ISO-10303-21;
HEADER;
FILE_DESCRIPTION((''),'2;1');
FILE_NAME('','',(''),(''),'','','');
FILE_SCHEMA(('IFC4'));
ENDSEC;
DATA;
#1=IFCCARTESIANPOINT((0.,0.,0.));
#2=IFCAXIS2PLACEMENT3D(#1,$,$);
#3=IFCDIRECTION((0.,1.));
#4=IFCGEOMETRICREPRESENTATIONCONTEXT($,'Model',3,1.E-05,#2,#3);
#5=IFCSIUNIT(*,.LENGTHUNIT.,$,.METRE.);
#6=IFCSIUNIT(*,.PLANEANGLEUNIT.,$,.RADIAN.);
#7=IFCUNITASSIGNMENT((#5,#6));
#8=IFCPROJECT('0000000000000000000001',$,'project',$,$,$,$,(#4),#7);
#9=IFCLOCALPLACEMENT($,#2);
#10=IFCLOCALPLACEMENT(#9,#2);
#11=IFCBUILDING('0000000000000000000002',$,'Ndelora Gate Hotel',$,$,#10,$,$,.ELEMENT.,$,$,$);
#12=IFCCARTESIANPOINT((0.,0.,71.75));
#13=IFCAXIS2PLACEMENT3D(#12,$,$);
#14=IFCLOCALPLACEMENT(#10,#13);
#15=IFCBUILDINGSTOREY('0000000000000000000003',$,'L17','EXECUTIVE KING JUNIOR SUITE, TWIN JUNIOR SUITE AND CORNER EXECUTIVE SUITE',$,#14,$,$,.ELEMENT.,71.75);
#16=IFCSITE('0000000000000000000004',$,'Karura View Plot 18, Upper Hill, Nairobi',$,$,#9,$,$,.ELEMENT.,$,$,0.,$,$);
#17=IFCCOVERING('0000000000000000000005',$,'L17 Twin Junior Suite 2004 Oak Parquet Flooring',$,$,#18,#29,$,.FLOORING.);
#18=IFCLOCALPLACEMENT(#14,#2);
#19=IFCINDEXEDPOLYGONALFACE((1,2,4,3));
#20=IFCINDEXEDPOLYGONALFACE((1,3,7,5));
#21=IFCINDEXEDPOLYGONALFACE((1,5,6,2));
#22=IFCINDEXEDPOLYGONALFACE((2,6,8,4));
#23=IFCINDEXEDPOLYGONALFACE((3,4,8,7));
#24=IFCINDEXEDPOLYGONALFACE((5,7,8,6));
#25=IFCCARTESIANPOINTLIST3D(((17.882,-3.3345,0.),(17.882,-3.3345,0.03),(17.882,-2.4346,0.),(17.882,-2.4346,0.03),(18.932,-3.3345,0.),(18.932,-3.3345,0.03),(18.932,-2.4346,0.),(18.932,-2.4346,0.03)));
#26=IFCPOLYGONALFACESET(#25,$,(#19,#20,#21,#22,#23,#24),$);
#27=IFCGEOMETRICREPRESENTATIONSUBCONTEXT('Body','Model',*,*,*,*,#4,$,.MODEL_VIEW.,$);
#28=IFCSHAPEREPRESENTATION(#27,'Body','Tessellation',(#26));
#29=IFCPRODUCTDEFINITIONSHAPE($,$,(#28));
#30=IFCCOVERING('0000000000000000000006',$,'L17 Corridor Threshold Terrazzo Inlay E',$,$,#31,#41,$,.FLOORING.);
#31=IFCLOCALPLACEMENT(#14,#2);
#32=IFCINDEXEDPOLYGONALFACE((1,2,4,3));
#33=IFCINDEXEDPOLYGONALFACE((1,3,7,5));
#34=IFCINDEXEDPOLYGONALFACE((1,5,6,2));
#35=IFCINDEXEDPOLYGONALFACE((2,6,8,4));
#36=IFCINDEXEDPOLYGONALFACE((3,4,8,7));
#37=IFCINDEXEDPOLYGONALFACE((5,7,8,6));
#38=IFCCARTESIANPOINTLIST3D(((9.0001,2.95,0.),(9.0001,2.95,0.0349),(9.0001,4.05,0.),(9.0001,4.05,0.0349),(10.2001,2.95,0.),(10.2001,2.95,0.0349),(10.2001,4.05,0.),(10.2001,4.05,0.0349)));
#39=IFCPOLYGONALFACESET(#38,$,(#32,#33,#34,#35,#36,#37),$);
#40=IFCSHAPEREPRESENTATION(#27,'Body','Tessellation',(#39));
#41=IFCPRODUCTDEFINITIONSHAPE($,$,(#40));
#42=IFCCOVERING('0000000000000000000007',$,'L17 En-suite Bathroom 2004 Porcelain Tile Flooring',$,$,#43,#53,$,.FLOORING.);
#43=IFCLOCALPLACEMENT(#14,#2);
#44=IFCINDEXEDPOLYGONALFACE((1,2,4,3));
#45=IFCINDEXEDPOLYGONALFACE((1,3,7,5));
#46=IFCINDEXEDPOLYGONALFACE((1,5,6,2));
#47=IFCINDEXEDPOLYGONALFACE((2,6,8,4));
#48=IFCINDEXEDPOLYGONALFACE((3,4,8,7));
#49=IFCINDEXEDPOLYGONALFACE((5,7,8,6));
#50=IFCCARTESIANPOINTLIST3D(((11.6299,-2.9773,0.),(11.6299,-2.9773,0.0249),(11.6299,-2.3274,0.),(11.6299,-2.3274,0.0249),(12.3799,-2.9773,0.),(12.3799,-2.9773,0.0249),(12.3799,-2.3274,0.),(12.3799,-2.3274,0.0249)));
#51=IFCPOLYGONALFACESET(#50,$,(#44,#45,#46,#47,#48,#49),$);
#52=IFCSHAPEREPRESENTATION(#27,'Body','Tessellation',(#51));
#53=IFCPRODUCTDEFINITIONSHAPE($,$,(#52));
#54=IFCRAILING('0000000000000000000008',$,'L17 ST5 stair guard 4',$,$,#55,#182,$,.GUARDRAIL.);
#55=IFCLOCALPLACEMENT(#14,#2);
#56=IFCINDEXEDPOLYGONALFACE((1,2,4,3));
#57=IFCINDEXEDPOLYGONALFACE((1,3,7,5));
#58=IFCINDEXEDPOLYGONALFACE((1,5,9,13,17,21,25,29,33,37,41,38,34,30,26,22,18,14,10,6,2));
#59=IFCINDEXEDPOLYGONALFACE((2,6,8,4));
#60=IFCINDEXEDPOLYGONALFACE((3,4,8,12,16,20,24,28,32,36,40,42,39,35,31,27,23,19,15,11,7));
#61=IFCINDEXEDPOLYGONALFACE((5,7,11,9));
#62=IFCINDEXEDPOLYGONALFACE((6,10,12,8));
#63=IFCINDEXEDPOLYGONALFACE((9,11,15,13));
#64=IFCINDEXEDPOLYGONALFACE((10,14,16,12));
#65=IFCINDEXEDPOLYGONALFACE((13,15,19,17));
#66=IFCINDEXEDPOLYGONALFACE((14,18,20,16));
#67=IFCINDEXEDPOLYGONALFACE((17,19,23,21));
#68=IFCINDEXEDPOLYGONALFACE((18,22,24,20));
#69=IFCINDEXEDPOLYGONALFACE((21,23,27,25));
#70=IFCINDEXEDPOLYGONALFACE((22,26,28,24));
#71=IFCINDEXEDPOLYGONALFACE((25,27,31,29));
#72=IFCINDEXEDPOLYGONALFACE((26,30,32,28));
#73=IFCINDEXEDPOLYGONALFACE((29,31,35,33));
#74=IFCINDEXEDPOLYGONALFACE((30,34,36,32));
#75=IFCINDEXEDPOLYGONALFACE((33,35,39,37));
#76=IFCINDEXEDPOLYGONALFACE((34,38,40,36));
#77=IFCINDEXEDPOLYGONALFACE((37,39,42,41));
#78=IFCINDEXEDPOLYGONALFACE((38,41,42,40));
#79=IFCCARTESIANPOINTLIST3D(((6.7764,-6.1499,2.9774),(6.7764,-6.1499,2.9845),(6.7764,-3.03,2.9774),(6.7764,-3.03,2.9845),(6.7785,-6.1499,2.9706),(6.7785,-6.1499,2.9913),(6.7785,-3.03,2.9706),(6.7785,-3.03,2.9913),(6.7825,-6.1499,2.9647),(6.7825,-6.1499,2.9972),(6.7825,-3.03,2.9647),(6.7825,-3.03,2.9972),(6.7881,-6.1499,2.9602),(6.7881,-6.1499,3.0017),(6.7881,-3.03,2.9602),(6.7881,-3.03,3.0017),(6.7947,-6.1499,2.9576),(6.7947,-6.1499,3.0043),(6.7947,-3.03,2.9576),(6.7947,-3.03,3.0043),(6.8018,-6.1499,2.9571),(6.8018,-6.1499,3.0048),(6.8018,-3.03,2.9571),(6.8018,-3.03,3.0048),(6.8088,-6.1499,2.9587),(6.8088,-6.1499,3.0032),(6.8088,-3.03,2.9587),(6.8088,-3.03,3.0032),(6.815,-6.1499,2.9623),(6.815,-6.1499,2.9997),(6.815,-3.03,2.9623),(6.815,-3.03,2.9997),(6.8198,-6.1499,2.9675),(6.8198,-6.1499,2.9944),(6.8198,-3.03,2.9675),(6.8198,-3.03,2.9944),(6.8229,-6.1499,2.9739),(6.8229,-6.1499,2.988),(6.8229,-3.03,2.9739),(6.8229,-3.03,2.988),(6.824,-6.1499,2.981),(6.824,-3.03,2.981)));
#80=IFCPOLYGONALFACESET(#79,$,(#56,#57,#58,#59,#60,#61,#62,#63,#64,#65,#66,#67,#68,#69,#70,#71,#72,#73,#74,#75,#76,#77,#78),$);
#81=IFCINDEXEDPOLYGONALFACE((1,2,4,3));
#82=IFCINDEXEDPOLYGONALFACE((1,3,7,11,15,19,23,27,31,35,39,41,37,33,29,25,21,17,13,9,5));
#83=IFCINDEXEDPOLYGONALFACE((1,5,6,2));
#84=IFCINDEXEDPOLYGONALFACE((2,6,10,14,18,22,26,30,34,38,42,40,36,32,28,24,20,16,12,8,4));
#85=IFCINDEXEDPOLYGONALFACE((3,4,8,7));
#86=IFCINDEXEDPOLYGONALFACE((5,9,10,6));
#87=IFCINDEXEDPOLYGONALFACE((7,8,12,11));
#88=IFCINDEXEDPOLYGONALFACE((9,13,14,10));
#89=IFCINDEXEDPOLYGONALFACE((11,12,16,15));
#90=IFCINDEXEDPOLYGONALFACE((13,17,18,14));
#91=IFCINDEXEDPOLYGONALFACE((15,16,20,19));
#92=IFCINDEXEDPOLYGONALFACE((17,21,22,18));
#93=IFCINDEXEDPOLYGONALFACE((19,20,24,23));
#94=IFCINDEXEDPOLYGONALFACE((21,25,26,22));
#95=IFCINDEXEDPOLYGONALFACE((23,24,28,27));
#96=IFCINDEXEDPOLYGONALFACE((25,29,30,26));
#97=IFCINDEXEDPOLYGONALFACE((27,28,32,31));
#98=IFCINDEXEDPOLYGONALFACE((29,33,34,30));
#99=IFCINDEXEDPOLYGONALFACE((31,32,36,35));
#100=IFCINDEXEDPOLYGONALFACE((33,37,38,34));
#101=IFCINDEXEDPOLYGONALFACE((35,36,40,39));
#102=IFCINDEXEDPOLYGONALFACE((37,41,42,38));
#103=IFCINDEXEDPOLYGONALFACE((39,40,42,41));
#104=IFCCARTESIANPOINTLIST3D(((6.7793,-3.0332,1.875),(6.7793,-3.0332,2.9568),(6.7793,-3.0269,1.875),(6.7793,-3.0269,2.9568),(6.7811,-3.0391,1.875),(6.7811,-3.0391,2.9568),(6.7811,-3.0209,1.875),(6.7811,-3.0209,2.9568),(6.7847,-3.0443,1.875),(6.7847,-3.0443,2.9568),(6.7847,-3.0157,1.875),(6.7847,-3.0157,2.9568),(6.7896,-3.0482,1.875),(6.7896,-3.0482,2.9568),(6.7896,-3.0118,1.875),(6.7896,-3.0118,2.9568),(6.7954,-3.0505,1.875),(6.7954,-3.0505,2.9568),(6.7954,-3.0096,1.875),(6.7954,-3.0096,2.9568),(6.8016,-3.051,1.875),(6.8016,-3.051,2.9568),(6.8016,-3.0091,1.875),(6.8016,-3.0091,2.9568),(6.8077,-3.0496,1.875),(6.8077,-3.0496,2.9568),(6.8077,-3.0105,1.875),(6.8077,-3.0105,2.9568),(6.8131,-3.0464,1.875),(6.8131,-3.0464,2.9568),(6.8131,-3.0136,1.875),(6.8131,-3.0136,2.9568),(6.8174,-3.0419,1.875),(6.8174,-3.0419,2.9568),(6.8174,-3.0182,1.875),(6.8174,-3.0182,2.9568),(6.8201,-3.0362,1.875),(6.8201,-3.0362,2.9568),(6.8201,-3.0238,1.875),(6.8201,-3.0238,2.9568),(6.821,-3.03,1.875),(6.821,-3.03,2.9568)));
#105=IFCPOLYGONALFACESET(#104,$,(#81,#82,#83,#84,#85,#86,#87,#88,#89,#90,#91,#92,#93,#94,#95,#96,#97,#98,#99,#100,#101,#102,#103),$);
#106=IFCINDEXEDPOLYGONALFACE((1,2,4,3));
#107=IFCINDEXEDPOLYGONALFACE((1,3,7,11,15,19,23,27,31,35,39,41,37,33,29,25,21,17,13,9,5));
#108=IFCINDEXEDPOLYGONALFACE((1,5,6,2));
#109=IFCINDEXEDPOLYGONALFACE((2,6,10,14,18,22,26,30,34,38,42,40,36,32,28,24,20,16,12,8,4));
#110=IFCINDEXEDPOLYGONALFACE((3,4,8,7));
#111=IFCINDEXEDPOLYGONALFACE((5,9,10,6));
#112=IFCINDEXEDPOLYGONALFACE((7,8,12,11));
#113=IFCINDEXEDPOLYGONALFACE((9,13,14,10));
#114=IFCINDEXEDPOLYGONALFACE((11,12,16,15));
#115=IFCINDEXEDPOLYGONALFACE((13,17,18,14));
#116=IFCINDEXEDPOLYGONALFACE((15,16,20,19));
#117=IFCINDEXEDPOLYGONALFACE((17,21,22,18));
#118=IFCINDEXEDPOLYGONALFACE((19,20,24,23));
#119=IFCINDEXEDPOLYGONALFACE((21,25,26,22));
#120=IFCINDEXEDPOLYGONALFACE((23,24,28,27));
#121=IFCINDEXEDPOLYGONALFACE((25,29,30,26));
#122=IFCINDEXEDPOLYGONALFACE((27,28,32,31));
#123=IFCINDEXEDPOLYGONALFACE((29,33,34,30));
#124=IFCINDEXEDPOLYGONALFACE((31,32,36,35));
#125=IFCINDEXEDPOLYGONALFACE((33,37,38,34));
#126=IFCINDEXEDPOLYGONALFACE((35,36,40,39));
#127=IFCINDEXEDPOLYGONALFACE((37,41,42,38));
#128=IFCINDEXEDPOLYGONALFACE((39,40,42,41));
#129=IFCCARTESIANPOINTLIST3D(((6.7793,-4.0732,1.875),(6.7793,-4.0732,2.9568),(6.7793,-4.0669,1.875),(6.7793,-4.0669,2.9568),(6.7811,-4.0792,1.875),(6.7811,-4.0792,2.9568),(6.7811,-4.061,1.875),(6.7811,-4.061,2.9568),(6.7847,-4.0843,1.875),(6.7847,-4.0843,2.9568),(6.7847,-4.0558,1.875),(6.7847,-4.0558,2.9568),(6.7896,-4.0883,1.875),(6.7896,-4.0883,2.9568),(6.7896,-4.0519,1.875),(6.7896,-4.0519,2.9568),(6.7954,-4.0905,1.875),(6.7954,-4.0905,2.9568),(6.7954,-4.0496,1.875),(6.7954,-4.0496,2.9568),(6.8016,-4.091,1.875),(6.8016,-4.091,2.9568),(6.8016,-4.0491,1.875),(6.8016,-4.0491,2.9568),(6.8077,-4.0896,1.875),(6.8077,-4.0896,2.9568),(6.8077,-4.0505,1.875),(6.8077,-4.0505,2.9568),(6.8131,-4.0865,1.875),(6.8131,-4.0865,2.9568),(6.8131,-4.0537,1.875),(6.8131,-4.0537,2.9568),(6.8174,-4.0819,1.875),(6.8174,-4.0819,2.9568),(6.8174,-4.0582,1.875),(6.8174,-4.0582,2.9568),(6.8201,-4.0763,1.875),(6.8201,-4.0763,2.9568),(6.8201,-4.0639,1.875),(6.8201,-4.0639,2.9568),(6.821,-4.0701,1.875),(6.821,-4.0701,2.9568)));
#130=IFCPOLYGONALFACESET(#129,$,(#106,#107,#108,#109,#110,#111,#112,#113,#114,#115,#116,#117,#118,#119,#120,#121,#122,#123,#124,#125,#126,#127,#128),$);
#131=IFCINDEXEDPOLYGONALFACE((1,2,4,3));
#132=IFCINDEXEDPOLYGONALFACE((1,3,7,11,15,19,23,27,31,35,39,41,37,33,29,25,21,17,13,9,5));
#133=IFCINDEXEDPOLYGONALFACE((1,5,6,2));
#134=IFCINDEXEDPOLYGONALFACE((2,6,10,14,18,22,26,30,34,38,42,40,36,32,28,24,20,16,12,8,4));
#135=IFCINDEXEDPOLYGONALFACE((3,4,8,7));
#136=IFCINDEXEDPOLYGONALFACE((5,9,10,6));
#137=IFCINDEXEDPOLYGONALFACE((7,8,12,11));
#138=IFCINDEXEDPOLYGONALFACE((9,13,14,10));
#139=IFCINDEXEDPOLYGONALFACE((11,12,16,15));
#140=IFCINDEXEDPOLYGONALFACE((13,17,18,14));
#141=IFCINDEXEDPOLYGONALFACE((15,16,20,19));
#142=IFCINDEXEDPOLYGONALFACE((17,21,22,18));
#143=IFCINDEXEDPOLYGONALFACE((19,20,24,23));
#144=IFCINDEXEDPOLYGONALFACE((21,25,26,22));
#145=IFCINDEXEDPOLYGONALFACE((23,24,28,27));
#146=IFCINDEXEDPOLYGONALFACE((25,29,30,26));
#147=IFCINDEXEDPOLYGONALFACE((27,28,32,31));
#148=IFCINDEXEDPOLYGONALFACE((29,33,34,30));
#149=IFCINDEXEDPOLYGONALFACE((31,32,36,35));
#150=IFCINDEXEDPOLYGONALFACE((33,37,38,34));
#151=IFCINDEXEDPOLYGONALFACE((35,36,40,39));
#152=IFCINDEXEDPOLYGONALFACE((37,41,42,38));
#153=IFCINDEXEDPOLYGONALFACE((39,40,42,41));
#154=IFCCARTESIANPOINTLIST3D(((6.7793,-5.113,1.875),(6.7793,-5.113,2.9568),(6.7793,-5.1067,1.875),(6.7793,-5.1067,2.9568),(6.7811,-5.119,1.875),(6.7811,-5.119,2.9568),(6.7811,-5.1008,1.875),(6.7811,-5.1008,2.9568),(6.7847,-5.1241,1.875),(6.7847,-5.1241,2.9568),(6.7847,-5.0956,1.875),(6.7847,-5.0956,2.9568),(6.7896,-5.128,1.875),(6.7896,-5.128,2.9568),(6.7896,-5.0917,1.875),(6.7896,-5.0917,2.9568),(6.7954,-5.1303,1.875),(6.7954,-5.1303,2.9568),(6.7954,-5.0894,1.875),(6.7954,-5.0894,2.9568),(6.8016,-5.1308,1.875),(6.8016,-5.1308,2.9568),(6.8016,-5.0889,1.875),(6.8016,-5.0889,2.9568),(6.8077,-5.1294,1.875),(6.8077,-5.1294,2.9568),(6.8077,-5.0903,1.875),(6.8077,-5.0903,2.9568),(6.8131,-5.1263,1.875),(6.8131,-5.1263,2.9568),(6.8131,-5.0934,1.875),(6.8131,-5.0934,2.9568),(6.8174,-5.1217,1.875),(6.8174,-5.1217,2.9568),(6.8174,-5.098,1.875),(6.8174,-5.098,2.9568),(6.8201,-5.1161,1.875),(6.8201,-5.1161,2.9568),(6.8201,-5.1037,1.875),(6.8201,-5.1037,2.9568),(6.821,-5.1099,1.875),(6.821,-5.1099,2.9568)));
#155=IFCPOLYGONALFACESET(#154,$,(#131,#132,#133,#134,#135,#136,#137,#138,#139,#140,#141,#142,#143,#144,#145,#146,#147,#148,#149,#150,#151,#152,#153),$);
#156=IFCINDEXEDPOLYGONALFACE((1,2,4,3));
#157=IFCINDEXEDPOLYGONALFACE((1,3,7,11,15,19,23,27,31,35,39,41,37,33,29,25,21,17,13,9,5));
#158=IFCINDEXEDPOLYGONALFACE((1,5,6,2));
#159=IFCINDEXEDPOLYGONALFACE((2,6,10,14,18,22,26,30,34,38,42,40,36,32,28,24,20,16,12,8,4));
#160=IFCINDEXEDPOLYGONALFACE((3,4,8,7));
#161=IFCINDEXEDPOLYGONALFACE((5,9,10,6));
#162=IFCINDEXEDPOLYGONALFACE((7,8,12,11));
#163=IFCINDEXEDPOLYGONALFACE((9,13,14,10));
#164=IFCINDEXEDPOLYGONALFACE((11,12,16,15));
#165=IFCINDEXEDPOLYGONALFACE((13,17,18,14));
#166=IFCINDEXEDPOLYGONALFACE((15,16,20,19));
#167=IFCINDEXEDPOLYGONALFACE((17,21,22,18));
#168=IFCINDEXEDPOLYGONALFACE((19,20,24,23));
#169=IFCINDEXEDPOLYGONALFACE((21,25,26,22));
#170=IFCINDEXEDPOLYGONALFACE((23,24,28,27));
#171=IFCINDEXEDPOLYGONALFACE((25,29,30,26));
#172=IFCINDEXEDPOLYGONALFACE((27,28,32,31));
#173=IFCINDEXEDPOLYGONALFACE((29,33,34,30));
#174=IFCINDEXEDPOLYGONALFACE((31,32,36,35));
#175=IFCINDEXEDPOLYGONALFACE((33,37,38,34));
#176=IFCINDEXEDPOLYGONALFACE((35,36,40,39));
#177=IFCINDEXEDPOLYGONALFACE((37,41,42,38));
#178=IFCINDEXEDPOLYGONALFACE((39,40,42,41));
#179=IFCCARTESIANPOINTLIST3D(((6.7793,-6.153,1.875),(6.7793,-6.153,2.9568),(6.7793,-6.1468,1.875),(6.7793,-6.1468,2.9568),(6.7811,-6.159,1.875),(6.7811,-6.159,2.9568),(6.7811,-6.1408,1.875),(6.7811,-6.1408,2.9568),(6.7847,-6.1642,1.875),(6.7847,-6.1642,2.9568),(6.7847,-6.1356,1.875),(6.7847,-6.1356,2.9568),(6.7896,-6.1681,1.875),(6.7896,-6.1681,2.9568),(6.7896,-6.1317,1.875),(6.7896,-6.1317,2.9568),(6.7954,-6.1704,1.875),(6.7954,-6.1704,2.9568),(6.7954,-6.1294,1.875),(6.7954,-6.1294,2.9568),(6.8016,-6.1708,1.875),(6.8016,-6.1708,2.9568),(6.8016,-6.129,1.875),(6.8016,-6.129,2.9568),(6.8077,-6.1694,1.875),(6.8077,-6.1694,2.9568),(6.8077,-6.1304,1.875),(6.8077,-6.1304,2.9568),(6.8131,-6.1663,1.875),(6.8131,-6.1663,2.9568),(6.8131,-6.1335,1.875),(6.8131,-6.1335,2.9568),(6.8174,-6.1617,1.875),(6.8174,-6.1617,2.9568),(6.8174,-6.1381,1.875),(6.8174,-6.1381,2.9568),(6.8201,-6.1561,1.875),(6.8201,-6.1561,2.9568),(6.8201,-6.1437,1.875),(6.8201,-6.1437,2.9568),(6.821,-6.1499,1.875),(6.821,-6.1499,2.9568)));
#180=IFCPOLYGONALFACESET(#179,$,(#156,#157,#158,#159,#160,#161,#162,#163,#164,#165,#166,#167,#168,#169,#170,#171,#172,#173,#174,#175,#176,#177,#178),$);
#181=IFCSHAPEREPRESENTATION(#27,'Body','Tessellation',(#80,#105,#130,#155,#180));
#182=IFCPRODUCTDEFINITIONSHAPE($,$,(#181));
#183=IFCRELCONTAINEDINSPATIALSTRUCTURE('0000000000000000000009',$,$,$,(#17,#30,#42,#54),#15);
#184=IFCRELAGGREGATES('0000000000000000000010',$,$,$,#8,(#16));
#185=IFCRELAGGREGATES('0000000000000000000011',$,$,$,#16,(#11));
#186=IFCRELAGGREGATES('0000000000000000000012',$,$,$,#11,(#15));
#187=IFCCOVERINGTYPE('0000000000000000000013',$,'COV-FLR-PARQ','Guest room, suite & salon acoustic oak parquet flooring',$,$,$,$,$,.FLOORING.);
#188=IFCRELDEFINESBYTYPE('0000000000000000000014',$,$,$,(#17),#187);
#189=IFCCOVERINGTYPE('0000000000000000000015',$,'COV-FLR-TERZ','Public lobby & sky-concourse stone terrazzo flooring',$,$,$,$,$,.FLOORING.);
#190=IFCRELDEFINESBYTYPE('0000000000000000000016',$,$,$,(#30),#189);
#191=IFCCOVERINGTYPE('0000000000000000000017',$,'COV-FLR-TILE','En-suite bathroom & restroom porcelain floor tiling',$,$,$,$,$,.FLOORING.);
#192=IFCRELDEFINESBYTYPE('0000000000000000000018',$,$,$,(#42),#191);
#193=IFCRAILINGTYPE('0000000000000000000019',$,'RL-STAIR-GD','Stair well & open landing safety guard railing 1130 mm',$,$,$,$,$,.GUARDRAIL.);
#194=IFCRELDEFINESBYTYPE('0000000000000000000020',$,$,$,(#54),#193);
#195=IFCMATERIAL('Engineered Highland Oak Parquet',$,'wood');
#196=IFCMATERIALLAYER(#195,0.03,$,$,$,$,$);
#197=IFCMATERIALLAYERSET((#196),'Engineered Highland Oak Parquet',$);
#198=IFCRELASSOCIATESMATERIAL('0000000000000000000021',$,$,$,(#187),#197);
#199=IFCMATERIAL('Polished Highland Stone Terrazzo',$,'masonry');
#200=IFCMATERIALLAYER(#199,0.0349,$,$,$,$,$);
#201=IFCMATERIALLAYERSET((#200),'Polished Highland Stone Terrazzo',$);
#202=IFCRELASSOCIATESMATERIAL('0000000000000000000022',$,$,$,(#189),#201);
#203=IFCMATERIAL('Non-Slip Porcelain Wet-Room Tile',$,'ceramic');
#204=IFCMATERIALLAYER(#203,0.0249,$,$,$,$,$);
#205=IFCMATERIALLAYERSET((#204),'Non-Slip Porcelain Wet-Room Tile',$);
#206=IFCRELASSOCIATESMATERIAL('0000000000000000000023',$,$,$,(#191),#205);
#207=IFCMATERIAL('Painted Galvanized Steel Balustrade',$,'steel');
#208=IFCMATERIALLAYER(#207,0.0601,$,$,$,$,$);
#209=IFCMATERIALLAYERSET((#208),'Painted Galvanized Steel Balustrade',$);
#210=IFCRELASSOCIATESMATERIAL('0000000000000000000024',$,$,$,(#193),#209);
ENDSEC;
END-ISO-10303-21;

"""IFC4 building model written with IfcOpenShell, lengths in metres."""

from ifc_helpers import new_model, si_unit, direction, frame, origin, origin_2d, place, context, subcontext, project, spatial, rectangle, circle, extrude, material, layer, layer_set, type_object, element, save


model = new_model("IFC4")

# Units and contexts
model_context = context("Model", 3, precision=1e-05, world=origin(), true_north=direction((0.0, 1.0)))
body_context = subcontext(model_context, "Body", "Model", "MODEL_VIEW")
ifc_project = project(units=[si_unit("LENGTHUNIT", "METRE"), si_unit("PLANEANGLEUNIT", "RADIAN")], contexts=[model_context])

# Site, building, storey
site_placement = place(None, origin())
site = spatial("IfcSite", under=ifc_project, at=site_placement, Name="Karura View Plot 18, Upper Hill, Nairobi", CompositionType="ELEMENT", RefElevation=0.0)
building_placement = place(site_placement, origin())
building = spatial("IfcBuilding", under=site, at=building_placement, Name="Ndelora Gate Hotel", CompositionType="ELEMENT")
storey_placement = place(building_placement, frame((0.0, 0.0, 71.75)))
storey = spatial("IfcBuildingStorey", under=building, at=storey_placement, Name="L17", Description="EXECUTIVE KING JUNIOR SUITE, TWIN JUNIOR SUITE AND CORNER EXECUTIVE SUITE", CompositionType="ELEMENT", Elevation=71.75)

# Coverings
ifc_material_1 = material(Name="Engineered Highland Oak Parquet", Category="wood")
ifc_layer_1 = layer(ifc_material_1, 0.03)
ifc_layer_set_1 = layer_set([ifc_layer_1], Name="Engineered Highland Oak Parquet")
covering_type_1 = type_object("IfcCoveringType", Name="COV-FLR-PARQ", Description="Guest room, suite & salon acoustic oak parquet flooring", PredefinedType="FLOORING", material=ifc_layer_set_1)
covering_1_placement = place(storey_placement, frame((18.407, -2.8845, 0.0), z_axis=(0.0, 0.0, 1.0), x_axis=(1.0, 0.0, 0.0)))
element("IfcCovering", 1, at=covering_1_placement, inside=storey, type_object=covering_type_1, Name="L17 Twin Junior Suite 2004 Oak Parquet Flooring", PredefinedType="FLOORING", context=body_context, shape_type="SweptSolid", body=[
    extrude(rectangle(XDim=1.05, YDim=0.8999, at=origin_2d()), origin(), (0.0, 0.0, 1.0), 0.03),
])
ifc_material_2 = material(Name="Polished Highland Stone Terrazzo", Category="masonry")
ifc_layer_2 = layer(ifc_material_2, 0.0349)
ifc_layer_set_2 = layer_set([ifc_layer_2], Name="Polished Highland Stone Terrazzo")
covering_type_2 = type_object("IfcCoveringType", Name="COV-FLR-TERZ", Description="Public lobby & sky-concourse stone terrazzo flooring", PredefinedType="FLOORING", material=ifc_layer_set_2)
covering_2_placement = place(storey_placement, frame((9.6001, 3.5, 0.0), z_axis=(0.0, 0.0, 1.0), x_axis=(1.0, 0.0, 0.0)))
element("IfcCovering", 2, at=covering_2_placement, inside=storey, type_object=covering_type_2, Name="L17 Corridor Threshold Terrazzo Inlay E", PredefinedType="FLOORING", context=body_context, shape_type="SweptSolid", body=[
    extrude(rectangle(XDim=1.2, YDim=1.1001, at=origin_2d()), origin(), (0.0, 0.0, 1.0), 0.0349),
])
ifc_material_3 = material(Name="Non-Slip Porcelain Wet-Room Tile", Category="ceramic")
ifc_layer_3 = layer(ifc_material_3, 0.0249)
ifc_layer_set_3 = layer_set([ifc_layer_3], Name="Non-Slip Porcelain Wet-Room Tile")
covering_type_3 = type_object("IfcCoveringType", Name="COV-FLR-TILE", Description="En-suite bathroom & restroom porcelain floor tiling", PredefinedType="FLOORING", material=ifc_layer_set_3)
covering_3_placement = place(storey_placement, frame((12.0049, -2.6523, 0.0), z_axis=(0.0, 0.0, 1.0), x_axis=(1.0, 0.0, 0.0)))
element("IfcCovering", 3, at=covering_3_placement, inside=storey, type_object=covering_type_3, Name="L17 En-suite Bathroom 2004 Porcelain Tile Flooring", PredefinedType="FLOORING", context=body_context, shape_type="SweptSolid", body=[
    extrude(rectangle(XDim=0.75, YDim=0.6499, at=origin_2d()), origin(), (0.0, 0.0, 1.0), 0.0249),
])

# Railing
ifc_material_4 = material(Name="Painted Galvanized Steel Balustrade", Category="steel")
ifc_layer_4 = layer(ifc_material_4, 0.0601)
ifc_layer_set_4 = layer_set([ifc_layer_4], Name="Painted Galvanized Steel Balustrade")
railing_type_1 = type_object("IfcRailingType", Name="RL-STAIR-GD", Description="Stair well & open landing safety guard railing 1130 mm", PredefinedType="GUARDRAIL", material=ifc_layer_set_4)
railing_1_placement = place(storey_placement, frame((6.8, -3.03, 1.875)))
element("IfcRailing", 4, at=railing_1_placement, inside=storey, type_object=railing_type_1, Name="L17 ST5 stair guard 4", PredefinedType="GUARDRAIL", context=body_context, shape_type="SweptSolid", body=[
    extrude(circle(Radius=0.0239, at=origin_2d()), frame((0.0, 0.0, 1.106), z_axis=(0.0, -1.0, 0.0), x_axis=(1.0, 0.0, 0.0)), (0.0, 0.0, 1.0), 3.1199),
    extrude(circle(Radius=0.021, at=origin_2d()), origin(), (0.0, 0.0, 1.0), 1.0818),
    extrude(circle(Radius=0.021, at=origin_2d()), frame((0.0, -1.04, 0.0)), (0.0, 0.0, 1.0), 1.0818),
    extrude(circle(Radius=0.021, at=origin_2d()), frame((0.0, -2.0798, 0.0)), (0.0, 0.0, 1.0), 1.0818),
    extrude(circle(Radius=0.021, at=origin_2d()), frame((0.0, -3.1199, 0.0)), (0.0, 0.0, 1.0), 1.0818),
])

save(model, "model.ifc")
